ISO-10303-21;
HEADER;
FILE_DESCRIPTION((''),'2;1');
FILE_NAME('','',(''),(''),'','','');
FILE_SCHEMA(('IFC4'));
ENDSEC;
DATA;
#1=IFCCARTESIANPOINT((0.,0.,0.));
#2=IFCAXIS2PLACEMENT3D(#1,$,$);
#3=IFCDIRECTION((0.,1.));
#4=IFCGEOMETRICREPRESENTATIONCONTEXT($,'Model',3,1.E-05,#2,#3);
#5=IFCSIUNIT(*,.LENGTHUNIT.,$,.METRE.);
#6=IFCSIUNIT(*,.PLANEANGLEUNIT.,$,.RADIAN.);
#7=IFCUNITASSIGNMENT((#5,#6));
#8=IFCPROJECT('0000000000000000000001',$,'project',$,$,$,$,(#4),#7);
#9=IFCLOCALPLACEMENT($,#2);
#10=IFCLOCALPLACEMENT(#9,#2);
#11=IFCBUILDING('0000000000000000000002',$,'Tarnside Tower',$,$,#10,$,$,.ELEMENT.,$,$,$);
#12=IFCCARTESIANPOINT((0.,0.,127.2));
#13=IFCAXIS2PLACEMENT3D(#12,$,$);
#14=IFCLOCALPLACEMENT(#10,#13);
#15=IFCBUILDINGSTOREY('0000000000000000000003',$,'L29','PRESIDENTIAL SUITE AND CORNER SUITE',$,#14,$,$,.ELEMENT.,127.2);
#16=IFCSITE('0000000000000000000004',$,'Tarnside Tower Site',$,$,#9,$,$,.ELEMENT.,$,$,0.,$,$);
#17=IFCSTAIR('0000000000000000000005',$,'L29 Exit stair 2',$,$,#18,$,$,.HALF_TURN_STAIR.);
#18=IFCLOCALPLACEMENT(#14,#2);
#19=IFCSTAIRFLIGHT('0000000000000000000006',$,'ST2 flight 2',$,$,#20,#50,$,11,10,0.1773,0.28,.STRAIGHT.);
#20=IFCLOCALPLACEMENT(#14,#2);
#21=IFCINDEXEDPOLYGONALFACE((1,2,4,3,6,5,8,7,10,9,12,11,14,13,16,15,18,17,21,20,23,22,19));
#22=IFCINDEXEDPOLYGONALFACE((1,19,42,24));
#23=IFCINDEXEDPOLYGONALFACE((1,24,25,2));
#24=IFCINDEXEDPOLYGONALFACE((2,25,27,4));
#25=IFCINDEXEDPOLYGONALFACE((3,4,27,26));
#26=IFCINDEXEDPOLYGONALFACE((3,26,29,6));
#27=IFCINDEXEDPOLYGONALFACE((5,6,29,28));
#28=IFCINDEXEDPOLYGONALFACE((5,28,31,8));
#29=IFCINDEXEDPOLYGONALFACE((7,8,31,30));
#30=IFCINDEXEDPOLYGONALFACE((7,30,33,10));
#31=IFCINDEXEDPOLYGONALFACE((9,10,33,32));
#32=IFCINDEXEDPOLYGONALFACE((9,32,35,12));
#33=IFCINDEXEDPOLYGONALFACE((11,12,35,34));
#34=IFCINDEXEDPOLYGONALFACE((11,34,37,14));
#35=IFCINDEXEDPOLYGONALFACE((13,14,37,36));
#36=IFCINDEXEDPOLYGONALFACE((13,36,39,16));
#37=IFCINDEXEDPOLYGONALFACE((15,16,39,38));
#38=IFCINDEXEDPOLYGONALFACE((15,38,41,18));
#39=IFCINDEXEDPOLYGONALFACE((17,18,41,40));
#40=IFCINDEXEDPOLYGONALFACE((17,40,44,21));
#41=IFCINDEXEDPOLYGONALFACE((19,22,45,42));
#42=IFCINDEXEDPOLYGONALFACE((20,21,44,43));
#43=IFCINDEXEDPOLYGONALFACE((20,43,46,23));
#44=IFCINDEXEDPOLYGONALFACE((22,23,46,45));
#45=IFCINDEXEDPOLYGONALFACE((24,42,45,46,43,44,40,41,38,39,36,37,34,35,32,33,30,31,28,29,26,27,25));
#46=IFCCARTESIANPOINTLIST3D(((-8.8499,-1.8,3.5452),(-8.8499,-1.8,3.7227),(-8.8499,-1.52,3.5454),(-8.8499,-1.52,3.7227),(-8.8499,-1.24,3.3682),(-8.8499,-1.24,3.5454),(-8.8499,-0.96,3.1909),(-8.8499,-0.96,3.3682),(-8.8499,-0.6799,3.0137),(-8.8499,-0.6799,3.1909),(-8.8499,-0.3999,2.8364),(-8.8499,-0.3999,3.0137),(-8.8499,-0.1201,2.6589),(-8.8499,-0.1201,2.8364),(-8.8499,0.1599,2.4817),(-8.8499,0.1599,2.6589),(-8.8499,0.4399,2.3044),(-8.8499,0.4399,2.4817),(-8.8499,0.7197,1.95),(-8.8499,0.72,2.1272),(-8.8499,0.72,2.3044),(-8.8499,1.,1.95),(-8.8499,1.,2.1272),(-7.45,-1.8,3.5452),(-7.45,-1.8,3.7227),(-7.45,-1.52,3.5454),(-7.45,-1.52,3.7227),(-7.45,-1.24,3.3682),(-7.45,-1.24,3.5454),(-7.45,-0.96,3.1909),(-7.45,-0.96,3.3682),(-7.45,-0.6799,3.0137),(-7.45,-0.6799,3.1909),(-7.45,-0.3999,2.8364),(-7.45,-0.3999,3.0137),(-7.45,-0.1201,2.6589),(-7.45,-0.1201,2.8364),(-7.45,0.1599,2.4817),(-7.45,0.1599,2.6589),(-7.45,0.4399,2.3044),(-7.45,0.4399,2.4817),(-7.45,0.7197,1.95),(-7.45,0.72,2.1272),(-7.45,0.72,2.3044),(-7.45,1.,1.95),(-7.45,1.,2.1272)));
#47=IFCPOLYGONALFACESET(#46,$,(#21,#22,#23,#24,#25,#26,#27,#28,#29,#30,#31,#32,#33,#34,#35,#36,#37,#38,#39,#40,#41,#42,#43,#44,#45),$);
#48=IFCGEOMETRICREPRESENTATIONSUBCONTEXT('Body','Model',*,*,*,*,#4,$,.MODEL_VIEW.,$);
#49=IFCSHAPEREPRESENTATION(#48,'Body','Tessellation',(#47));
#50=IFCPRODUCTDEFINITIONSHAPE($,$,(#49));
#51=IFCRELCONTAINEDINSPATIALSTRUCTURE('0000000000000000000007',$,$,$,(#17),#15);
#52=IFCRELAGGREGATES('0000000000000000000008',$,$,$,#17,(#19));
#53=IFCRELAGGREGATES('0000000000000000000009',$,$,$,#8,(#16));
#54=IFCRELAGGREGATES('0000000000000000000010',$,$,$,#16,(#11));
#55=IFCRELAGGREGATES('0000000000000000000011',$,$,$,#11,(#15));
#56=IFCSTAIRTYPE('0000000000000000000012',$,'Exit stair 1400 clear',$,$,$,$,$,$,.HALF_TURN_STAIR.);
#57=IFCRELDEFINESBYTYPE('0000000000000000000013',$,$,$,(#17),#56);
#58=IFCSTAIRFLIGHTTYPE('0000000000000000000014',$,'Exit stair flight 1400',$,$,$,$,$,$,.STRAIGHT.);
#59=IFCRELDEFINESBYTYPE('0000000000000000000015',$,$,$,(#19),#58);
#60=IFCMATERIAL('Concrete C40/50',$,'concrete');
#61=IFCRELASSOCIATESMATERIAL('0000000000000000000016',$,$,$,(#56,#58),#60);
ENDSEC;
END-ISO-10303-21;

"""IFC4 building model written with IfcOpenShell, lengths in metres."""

from ifc_helpers import new_model, si_unit, direction, frame, origin, place, context, subcontext, project, spatial, polyline, outline, extrude, material, type_object, element, aggregate, save


model = new_model("IFC4")

# Units and contexts
model_context = context("Model", 3, precision=1e-05, world=origin(), true_north=direction((0.0, 1.0)))
body_context = subcontext(model_context, "Body", "Model", "MODEL_VIEW")
ifc_project = project(units=[si_unit("LENGTHUNIT", "METRE"), si_unit("PLANEANGLEUNIT", "RADIAN")], contexts=[model_context])

# Site, building, storey
site_placement = place(None, origin())
site = spatial("IfcSite", under=ifc_project, at=site_placement, Name="Tarnside Tower Site", CompositionType="ELEMENT", RefElevation=0.0)
building_placement = place(site_placement, origin())
building = spatial("IfcBuilding", under=site, at=building_placement, Name="Tarnside Tower", CompositionType="ELEMENT")
storey_placement = place(building_placement, frame((0.0, 0.0, 127.2)))
storey = spatial("IfcBuildingStorey", under=building, at=storey_placement, Name="L29", Description="PRESIDENTIAL SUITE AND CORNER SUITE", CompositionType="ELEMENT", Elevation=127.2)

# Shared definitions
ifc_material_1 = material(Name="Concrete C40/50", Category="concrete")

# Stair, stair flight
stair_type = type_object("IfcStairType", Name="Exit stair 1400 clear", PredefinedType="HALF_TURN_STAIR", material=ifc_material_1)
stair_placement = place(storey_placement, origin())
stair = element("IfcStair", 1, at=stair_placement, inside=storey, type_object=stair_type, Name="L29 Exit stair 2", PredefinedType="HALF_TURN_STAIR")
stair_flight_type = type_object("IfcStairFlightType", Name="Exit stair flight 1400", PredefinedType="STRAIGHT", material=ifc_material_1)
stair_flight_placement = place(storey_placement, frame((-8.1499, 1.0, 1.95), z_axis=(0.0, 0.0, 1.0), x_axis=(0.0, -1.0, 0.0)))
stair_flight = element("IfcStairFlight", 2, at=stair_flight_placement, type_object=stair_flight_type, Name="ST2 flight 2", NumberOfRisers=11, NumberOfTreads=10, PredefinedType="STRAIGHT", RiserHeight=0.1773, TreadLength=0.28, context=body_context, shape_type="SweptSolid", body=[
    extrude(outline(polyline([(0.0, 0.0), (0.0, 0.1772), (0.28, 0.1772), (0.28, 0.3545), (0.5601, 0.3545), (0.5601, 0.5317), (0.8401, 0.5317), (0.8401, 0.709), (1.1201, 0.709), (1.1201, 0.8865), (1.3999, 0.8865), (1.3999, 1.0637), (1.6799, 1.0637), (1.6799, 1.241), (1.96, 1.241), (1.96, 1.4182), (2.24, 1.4182), (2.24, 1.5955), (2.52, 1.5955), (2.52, 1.7727), (2.8, 1.7727), (2.8, 1.95), (2.8, 1.5952), (0.2803, 0.0), (0.0, 0.0)])), frame((0.0, 0.7, 0.0), z_axis=(0.0, -1.0, 0.0), x_axis=(1.0, 0.0, 0.0)), (0.0, 0.0, 1.0), 1.3999),
])
aggregate(stair, [stair_flight])

save(model, "model.ifc")
